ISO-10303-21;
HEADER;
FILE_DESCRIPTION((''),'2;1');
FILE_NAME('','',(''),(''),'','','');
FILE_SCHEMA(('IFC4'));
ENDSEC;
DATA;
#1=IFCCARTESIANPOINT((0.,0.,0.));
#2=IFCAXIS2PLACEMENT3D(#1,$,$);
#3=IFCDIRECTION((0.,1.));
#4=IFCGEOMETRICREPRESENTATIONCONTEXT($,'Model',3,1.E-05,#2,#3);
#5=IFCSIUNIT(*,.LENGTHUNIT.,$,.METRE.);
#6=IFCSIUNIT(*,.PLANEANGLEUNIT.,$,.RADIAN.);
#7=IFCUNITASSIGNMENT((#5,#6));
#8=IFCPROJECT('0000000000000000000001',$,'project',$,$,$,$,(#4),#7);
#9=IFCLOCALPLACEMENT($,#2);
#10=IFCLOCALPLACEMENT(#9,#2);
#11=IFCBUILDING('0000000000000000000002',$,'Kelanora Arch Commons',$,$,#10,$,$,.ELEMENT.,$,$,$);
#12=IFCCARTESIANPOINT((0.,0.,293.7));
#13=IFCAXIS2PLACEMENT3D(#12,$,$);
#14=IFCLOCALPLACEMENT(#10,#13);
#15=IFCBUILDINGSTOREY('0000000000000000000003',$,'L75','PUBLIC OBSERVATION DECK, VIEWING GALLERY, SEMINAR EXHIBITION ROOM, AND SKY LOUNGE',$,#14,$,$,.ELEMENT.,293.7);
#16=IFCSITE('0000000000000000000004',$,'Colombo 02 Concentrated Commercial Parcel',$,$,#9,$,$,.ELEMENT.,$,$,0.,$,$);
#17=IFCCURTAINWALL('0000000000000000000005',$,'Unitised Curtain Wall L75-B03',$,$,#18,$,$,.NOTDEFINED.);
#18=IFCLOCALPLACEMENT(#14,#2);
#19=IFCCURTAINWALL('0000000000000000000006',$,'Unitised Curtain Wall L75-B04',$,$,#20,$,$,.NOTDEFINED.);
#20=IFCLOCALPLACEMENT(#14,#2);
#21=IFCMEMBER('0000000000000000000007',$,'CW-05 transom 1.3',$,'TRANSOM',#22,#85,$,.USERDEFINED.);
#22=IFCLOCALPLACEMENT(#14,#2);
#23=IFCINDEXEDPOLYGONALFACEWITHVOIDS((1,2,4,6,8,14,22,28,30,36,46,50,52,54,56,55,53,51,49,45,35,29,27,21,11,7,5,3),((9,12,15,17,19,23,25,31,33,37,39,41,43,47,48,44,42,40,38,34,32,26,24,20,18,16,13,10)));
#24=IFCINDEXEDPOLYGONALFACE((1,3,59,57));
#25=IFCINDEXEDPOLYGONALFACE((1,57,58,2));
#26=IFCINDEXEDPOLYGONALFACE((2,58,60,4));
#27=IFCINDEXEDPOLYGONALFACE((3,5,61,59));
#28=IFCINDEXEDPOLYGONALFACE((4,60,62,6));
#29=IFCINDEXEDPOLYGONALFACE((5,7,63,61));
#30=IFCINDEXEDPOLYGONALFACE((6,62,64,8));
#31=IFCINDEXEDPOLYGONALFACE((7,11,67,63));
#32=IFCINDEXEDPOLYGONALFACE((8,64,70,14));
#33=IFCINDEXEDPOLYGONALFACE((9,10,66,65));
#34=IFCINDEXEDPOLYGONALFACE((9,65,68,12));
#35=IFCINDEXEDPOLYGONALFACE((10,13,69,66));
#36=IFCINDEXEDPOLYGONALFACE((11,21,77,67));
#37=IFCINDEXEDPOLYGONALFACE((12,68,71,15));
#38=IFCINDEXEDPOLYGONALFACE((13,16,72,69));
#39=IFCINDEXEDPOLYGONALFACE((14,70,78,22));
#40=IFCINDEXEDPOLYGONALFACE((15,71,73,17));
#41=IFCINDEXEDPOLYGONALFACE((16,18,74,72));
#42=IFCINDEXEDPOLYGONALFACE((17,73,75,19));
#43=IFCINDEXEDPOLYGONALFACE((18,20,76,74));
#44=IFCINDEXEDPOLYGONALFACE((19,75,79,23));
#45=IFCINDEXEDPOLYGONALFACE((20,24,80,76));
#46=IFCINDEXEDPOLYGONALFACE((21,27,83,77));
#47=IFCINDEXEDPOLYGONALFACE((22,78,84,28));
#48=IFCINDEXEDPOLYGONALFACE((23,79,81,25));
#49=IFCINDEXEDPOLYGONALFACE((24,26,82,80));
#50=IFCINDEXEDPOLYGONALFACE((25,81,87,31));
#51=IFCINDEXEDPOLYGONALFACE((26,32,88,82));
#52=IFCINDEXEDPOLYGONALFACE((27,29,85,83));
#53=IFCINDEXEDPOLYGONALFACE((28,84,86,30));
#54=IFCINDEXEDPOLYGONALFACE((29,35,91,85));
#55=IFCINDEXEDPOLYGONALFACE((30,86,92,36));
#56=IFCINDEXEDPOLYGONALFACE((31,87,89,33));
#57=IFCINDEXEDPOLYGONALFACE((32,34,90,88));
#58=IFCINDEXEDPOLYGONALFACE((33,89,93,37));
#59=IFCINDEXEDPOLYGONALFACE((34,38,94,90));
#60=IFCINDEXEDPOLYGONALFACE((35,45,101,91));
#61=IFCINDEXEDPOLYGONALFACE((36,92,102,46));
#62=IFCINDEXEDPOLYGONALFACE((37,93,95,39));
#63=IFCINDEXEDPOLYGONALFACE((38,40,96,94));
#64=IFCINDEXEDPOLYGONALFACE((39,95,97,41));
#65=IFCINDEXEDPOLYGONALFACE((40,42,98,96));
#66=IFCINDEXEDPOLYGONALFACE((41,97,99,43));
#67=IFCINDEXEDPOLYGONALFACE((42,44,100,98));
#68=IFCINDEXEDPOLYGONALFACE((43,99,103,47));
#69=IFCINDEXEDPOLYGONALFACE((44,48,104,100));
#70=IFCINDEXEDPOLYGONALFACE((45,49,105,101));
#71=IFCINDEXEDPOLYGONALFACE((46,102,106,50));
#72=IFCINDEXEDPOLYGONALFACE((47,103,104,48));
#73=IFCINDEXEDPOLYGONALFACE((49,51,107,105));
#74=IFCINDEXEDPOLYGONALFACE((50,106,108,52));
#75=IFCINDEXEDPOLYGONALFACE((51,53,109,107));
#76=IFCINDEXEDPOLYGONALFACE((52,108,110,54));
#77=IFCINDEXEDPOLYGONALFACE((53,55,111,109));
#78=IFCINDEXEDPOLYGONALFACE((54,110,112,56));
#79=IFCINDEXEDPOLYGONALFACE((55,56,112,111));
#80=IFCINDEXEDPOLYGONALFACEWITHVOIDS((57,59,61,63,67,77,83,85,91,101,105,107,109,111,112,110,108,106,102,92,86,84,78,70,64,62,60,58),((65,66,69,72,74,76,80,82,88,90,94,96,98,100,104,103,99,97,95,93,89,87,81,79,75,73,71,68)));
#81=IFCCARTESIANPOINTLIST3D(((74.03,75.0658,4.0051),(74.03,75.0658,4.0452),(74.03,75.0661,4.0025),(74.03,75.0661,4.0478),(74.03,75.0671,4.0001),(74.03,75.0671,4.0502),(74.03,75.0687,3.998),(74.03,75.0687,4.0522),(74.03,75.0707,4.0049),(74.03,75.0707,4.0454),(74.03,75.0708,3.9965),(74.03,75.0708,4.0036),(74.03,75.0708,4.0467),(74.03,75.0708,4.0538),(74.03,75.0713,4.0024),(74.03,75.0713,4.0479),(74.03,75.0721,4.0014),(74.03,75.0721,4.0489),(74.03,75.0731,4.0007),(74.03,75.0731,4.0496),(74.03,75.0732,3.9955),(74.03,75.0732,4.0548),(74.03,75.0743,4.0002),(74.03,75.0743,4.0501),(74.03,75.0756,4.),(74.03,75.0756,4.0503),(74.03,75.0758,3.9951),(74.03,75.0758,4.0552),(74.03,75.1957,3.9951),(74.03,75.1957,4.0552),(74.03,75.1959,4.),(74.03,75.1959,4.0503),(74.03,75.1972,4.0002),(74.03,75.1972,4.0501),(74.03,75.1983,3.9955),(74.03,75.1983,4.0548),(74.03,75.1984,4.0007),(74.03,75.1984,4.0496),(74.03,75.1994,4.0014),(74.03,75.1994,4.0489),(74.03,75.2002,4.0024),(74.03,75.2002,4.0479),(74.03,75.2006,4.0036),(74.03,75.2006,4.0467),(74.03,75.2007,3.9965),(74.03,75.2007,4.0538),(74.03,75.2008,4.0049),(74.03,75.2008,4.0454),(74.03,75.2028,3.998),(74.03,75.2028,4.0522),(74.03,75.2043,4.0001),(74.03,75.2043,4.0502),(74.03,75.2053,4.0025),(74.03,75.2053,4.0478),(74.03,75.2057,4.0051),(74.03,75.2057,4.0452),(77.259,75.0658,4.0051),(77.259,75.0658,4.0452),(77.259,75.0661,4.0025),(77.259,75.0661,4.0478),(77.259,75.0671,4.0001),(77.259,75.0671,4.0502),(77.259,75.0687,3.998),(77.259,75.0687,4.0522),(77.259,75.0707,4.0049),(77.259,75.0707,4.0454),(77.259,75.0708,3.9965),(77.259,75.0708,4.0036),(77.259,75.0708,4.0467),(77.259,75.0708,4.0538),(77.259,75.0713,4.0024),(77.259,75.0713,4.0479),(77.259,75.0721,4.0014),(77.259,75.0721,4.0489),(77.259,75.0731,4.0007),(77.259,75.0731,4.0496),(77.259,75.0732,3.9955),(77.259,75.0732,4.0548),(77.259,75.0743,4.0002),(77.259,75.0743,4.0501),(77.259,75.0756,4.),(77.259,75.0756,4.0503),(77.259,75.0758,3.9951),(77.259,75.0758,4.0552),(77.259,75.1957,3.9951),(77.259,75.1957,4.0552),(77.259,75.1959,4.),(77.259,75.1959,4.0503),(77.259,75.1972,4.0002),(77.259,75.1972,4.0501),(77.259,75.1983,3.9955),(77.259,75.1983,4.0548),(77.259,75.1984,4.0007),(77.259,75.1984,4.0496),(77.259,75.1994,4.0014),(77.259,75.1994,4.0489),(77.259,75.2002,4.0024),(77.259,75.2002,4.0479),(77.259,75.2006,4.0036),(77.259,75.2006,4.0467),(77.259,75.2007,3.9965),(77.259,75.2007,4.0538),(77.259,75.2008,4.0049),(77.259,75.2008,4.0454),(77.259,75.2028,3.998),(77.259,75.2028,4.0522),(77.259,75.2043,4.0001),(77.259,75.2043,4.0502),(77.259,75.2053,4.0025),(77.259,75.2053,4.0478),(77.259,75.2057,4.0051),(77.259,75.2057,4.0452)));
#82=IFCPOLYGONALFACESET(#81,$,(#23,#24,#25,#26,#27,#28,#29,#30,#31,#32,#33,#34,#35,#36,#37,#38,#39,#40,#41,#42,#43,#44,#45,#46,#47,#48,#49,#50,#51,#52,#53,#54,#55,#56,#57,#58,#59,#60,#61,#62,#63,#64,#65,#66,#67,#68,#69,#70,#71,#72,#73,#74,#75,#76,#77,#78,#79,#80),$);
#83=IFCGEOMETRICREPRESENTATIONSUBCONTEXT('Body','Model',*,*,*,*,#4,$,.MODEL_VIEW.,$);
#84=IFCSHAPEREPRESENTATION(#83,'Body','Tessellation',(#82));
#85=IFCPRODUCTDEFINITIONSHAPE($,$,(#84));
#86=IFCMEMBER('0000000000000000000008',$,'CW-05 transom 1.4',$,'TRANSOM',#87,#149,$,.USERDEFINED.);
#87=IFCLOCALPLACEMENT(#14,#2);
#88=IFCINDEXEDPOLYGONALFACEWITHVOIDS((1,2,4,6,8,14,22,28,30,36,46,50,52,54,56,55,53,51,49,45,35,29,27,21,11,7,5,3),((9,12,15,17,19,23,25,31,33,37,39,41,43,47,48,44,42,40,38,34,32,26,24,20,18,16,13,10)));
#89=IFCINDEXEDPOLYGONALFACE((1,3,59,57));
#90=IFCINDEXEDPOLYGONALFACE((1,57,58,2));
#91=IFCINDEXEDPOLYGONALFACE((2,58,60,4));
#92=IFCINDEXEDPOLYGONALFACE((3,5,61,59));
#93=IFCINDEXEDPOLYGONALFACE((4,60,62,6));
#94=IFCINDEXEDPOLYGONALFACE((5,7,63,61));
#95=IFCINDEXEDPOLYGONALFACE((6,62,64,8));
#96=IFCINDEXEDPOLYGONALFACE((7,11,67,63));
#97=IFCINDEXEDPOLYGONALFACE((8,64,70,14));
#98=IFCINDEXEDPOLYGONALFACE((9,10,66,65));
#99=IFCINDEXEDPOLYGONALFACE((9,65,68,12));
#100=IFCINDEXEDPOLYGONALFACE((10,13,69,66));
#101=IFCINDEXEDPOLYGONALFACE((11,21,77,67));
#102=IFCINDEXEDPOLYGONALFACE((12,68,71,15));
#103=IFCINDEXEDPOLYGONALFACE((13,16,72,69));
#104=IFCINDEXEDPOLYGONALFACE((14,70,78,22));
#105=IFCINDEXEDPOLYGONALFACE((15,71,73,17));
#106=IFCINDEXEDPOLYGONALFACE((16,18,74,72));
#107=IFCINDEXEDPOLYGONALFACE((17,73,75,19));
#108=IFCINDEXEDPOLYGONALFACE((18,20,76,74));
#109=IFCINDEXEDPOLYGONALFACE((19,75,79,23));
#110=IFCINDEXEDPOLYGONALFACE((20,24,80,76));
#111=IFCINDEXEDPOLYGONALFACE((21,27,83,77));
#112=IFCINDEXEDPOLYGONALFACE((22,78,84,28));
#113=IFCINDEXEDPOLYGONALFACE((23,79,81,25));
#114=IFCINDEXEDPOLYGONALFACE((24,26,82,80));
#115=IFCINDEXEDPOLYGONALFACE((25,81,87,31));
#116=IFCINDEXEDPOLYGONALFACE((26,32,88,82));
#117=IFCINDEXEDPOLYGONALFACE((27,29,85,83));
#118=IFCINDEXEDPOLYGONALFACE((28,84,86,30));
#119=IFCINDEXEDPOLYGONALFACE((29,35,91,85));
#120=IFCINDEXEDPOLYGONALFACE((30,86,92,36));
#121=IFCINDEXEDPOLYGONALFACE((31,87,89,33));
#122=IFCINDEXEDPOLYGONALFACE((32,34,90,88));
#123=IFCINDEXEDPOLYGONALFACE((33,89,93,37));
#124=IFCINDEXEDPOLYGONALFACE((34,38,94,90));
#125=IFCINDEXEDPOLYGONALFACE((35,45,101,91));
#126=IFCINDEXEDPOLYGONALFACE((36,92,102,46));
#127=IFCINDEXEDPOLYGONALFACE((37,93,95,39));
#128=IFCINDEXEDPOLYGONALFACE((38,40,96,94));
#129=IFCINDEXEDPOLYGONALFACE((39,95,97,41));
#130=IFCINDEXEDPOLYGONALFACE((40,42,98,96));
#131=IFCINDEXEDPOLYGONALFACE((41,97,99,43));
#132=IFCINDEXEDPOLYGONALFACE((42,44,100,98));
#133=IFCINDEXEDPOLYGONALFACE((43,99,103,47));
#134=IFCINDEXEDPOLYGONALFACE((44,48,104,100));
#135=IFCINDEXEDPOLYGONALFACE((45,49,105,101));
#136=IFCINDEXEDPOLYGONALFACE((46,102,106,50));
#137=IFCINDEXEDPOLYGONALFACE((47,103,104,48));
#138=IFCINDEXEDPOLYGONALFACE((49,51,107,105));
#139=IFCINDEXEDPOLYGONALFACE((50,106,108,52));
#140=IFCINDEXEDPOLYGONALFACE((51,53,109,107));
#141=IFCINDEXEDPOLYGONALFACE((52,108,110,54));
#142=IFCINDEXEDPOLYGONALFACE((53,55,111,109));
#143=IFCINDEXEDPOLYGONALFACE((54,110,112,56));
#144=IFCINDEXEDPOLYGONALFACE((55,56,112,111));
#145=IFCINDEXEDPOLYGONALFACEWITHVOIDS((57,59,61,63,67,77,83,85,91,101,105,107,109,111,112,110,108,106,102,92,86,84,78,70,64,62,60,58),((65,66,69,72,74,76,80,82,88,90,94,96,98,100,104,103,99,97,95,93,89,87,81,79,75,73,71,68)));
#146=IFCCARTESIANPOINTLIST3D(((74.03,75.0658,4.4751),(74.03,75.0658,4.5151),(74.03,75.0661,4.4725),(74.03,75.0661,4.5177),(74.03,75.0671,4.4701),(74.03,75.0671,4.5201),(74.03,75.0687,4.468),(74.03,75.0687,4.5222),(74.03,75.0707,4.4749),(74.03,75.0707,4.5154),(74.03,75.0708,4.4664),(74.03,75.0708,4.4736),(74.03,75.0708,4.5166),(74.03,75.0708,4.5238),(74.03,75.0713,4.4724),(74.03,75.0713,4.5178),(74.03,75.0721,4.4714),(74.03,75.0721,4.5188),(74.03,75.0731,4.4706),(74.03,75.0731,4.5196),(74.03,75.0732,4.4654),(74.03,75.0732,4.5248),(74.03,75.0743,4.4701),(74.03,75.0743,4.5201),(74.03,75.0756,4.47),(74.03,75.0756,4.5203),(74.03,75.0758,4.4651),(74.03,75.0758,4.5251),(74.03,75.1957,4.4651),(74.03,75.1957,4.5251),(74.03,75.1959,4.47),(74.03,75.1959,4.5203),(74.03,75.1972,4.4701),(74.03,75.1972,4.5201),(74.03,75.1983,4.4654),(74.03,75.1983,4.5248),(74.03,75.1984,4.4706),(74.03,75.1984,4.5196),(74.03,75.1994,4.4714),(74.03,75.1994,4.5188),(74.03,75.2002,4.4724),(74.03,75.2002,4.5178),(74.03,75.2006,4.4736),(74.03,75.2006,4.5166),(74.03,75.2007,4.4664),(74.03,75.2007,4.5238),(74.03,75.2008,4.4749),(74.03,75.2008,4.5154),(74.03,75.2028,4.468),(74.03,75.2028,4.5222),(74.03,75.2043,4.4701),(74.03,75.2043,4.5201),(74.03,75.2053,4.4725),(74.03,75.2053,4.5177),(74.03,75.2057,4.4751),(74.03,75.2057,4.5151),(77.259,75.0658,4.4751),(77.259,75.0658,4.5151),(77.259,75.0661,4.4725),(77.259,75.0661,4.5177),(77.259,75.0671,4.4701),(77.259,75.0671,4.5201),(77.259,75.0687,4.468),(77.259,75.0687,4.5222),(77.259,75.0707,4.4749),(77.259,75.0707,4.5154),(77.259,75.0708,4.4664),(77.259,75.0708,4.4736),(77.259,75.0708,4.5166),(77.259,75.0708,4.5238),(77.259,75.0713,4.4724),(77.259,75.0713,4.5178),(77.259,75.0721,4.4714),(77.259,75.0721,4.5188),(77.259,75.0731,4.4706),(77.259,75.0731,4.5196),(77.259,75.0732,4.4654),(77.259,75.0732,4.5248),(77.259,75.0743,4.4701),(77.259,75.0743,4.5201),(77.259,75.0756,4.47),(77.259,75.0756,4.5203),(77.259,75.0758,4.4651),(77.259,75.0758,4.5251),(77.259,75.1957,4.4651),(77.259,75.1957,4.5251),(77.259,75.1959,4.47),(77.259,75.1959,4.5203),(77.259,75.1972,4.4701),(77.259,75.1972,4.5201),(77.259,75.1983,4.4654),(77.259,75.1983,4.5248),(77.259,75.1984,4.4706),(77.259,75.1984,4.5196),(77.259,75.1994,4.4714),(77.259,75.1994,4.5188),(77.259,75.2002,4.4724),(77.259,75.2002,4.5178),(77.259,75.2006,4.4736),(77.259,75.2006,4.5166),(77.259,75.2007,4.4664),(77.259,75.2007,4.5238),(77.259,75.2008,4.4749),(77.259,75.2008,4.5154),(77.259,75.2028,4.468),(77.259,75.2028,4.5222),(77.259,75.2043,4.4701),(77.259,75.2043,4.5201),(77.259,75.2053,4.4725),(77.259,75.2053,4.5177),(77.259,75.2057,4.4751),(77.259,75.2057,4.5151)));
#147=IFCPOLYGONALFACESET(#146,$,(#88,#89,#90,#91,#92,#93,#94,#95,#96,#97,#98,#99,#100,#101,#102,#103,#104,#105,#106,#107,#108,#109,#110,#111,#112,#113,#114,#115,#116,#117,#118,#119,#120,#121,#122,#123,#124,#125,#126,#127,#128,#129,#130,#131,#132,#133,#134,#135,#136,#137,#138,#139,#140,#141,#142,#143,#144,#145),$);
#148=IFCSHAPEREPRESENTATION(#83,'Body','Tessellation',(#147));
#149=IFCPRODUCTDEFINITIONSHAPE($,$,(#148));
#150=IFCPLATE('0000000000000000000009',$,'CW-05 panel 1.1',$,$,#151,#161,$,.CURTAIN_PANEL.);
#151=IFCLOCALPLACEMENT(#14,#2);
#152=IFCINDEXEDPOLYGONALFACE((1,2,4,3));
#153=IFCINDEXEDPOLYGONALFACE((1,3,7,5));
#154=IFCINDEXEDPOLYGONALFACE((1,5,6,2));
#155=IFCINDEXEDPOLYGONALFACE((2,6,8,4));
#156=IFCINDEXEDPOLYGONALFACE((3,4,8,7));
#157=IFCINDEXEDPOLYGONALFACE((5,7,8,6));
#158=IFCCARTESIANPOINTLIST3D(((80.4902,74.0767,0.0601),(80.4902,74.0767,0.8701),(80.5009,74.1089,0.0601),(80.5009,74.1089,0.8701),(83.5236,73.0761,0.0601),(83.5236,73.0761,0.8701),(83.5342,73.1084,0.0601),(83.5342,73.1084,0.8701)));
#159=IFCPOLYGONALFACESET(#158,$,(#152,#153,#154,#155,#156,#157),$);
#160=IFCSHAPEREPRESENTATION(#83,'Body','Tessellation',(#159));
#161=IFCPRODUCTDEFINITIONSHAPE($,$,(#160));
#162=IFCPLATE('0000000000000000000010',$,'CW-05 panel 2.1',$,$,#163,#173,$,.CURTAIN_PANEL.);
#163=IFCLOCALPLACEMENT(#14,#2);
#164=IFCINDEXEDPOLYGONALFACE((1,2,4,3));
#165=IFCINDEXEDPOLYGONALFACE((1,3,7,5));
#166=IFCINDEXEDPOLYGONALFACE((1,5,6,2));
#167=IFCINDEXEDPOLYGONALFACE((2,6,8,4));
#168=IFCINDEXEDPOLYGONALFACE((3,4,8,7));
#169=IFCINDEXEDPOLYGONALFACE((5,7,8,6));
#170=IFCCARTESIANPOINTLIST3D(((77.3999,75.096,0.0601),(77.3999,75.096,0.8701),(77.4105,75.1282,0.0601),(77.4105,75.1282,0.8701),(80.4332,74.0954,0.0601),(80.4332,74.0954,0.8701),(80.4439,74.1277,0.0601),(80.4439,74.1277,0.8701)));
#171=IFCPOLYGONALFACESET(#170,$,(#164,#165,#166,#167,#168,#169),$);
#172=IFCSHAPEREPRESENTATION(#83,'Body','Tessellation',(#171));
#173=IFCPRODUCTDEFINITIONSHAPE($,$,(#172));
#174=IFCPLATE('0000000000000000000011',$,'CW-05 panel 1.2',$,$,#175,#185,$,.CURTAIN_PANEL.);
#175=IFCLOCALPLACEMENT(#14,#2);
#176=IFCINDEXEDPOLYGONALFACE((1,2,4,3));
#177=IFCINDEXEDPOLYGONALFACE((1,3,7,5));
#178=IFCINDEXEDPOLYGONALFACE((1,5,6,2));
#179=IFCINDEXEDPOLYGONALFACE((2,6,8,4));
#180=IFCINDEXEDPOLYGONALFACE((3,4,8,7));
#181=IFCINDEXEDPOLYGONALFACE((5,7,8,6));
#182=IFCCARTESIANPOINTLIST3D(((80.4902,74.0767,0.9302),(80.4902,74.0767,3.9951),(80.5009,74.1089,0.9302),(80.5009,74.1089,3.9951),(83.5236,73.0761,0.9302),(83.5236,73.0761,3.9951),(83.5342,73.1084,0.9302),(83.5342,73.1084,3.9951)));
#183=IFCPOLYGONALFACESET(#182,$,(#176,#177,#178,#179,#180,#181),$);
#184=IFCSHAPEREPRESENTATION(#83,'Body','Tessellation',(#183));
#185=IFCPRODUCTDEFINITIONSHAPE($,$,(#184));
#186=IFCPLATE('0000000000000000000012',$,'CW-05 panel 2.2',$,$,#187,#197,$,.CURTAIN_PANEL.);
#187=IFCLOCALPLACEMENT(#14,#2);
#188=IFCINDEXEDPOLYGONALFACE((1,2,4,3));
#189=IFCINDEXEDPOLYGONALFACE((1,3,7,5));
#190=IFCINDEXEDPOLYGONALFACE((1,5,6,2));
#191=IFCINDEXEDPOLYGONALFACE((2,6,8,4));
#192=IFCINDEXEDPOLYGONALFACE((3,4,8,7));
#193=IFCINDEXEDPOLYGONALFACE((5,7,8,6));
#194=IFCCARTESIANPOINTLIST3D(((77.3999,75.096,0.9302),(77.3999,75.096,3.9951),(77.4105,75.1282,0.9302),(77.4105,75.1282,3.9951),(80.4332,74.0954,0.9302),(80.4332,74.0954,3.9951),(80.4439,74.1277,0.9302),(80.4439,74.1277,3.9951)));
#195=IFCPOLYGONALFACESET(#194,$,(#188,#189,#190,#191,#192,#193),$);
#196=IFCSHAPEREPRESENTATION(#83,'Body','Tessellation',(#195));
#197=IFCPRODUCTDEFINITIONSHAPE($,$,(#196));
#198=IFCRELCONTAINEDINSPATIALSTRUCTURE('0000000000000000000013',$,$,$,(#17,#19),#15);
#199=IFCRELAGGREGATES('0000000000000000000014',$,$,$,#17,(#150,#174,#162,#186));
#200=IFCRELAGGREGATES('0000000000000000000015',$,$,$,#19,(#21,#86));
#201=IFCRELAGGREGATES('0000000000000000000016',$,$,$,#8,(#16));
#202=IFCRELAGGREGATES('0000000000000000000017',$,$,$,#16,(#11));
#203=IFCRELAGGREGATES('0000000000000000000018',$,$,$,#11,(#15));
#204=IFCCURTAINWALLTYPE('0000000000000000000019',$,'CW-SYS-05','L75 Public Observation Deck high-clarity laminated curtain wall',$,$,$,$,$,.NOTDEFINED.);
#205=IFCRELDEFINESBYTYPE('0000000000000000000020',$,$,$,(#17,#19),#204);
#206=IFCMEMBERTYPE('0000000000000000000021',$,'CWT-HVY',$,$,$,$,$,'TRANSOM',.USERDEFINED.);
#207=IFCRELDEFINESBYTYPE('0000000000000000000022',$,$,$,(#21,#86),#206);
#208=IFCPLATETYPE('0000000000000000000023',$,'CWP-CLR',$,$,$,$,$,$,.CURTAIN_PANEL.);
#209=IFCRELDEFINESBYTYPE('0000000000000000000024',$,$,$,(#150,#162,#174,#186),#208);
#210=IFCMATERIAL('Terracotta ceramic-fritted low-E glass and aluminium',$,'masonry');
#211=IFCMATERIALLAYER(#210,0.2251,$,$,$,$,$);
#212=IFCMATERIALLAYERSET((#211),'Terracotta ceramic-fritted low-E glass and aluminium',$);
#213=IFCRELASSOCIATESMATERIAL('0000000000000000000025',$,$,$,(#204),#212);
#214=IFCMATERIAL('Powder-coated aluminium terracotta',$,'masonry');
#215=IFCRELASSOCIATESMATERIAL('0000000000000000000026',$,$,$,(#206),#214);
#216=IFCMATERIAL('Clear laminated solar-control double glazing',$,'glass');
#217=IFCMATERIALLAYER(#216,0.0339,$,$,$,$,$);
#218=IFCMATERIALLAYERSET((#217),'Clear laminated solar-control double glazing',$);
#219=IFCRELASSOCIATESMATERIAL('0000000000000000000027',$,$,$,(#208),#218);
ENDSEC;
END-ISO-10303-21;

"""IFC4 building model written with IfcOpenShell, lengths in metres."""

from ifc_helpers import new_model, si_unit, direction, frame, origin, origin_2d, place, context, subcontext, project, spatial, rectangle, hollow_rectangle, extrude, source, transform, mapped, material, layer, layer_set, material_profile, profile_set, type_object, element, aggregate, save


model = new_model("IFC4")

# Units and contexts
model_context = context("Model", 3, precision=1e-05, world=origin(), true_north=direction((0.0, 1.0)))
body_context = subcontext(model_context, "Body", "Model", "MODEL_VIEW")
ifc_project = project(units=[si_unit("LENGTHUNIT", "METRE"), si_unit("PLANEANGLEUNIT", "RADIAN")], contexts=[model_context])

# Site, building, storey
site_placement = place(None, origin())
site = spatial("IfcSite", under=ifc_project, at=site_placement, Name="Colombo 02 Concentrated Commercial Parcel", CompositionType="ELEMENT", RefElevation=0.0)
building_placement = place(site_placement, origin())
building = spatial("IfcBuilding", under=site, at=building_placement, Name="Kelanora Arch Commons", CompositionType="ELEMENT")
storey_placement = place(building_placement, frame((0.0, 0.0, 293.7)))
storey = spatial("IfcBuildingStorey", under=building, at=storey_placement, Name="L75", Description="PUBLIC OBSERVATION DECK, VIEWING GALLERY, SEMINAR EXHIBITION ROOM, AND SKY LOUNGE", CompositionType="ELEMENT", Elevation=293.7)

# Curtain walls
ifc_material_1 = material(Name="Terracotta ceramic-fritted low-E glass and aluminium", Category="masonry")
ifc_layer_1 = layer(ifc_material_1, 0.2251)
ifc_layer_set_1 = layer_set([ifc_layer_1], Name="Terracotta ceramic-fritted low-E glass and aluminium")
curtain_wall_type = type_object("IfcCurtainWallType", Name="CW-SYS-05", Description="L75 Public Observation Deck high-clarity laminated curtain wall", PredefinedType="NOTDEFINED", material=ifc_layer_set_1)
curtain_wall_1_placement = place(storey_placement, origin())
curtain_wall_1 = element("IfcCurtainWall", 1, at=curtain_wall_1_placement, inside=storey, type_object=curtain_wall_type, Name="Unitised Curtain Wall L75-B03", PredefinedType="NOTDEFINED")
ifc_material_2 = material(Name="Powder-coated aluminium terracotta", Category="masonry")
curtain_wall_2_placement = place(storey_placement, origin())
curtain_wall_2 = element("IfcCurtainWall", 2, at=curtain_wall_2_placement, inside=storey, type_object=curtain_wall_type, Name="Unitised Curtain Wall L75-B04", PredefinedType="NOTDEFINED")

# Members
ifc_material_profile_1 = material_profile(ifc_material_2, hollow_rectangle(XDim=0.1399, YDim=0.0601, WallThickness=0.0049, InnerFilletRadius=0.0049, OuterFilletRadius=0.01, at=origin_2d()), Name="CWT140x60")
ifc_profile_set_1 = profile_set([ifc_material_profile_1], Name="Powder-coated aluminium terracotta")
member_type_1 = type_object("IfcMemberType", Name="CWT-HVY", ElementType="TRANSOM", PredefinedType="USERDEFINED", material=ifc_profile_set_1)
member_1_placement = place(storey_placement, frame((77.259, 75.1357, 4.0251), z_axis=(-1.0, 0.0, 0.0), x_axis=(0.0, -1.0, 0.0)))
member_1 = element("IfcMember", 3, at=member_1_placement, type_object=member_type_1, Name="CW-05 transom 1.3", ObjectType="TRANSOM", PredefinedType="USERDEFINED", context=body_context, shape_type="SweptSolid", body=[
    extrude(hollow_rectangle(XDim=0.1399, YDim=0.0601, WallThickness=0.0049, InnerFilletRadius=0.0049, OuterFilletRadius=0.01, at=origin_2d()), origin(), (0.0, 0.0, 1.0), 3.229),
])
member_2_placement = place(storey_placement, frame((77.259, 75.1357, 4.4951), z_axis=(-1.0, 0.0, 0.0), x_axis=(0.0, -1.0, 0.0)))
member_2 = element("IfcMember", 4, at=member_2_placement, type_object=member_type_1, Name="CW-05 transom 1.4", ObjectType="TRANSOM", PredefinedType="USERDEFINED", context=body_context, shape_type="SweptSolid", body=[
    extrude(hollow_rectangle(XDim=0.1399, YDim=0.0601, WallThickness=0.0049, InnerFilletRadius=0.0049, OuterFilletRadius=0.01, at=origin_2d()), origin(), (0.0, 0.0, 1.0), 3.229),
])

# Plates
ifc_material_3 = material(Name="Clear laminated solar-control double glazing", Category="glass")
ifc_layer_2 = layer(ifc_material_3, 0.0339)
ifc_layer_set_2 = layer_set([ifc_layer_2], Name="Clear laminated solar-control double glazing")
plate_type = type_object("IfcPlateType", Name="CWP-CLR", PredefinedType="CURTAIN_PANEL", material=ifc_layer_set_2)
shared_shape_1 = source(origin(), body_context, "Body", "SweptSolid", [
    extrude(rectangle(XDim=3.1941, YDim=0.0339, at=origin_2d()), origin(), (0.0, 0.0, 1.0), 0.8101),
])
plate_1_placement = place(storey_placement, frame((82.0122, 73.5925, 0.0601), z_axis=(0.0, 0.0, 1.0), x_axis=(-0.94967, 0.313253, 0.0)))
plate_1 = element("IfcPlate", 5, at=plate_1_placement, type_object=plate_type, Name="CW-05 panel 1.1", PredefinedType="CURTAIN_PANEL", context=body_context, shape_type="MappedRepresentation", body=[
    mapped(shared_shape_1, transform((0.0, 0.0, 0.0), scale=1.0)),
])
plate_2_placement = place(storey_placement, frame((78.9219, 74.6118, 0.0601), z_axis=(0.0, 0.0, 1.0), x_axis=(-0.94967, 0.313253, 0.0)))
plate_2 = element("IfcPlate", 6, at=plate_2_placement, type_object=plate_type, Name="CW-05 panel 2.1", PredefinedType="CURTAIN_PANEL", context=body_context, shape_type="MappedRepresentation", body=[
    mapped(shared_shape_1, transform((0.0, 0.0, 0.0), scale=1.0)),
])
shared_shape_2 = source(origin(), body_context, "Body", "SweptSolid", [
    extrude(rectangle(XDim=3.1941, YDim=0.0339, at=origin_2d()), origin(), (0.0, 0.0, 1.0), 3.0649),
])
plate_3_placement = place(storey_placement, frame((82.0122, 73.5925, 0.9302), z_axis=(0.0, 0.0, 1.0), x_axis=(-0.94967, 0.313253, 0.0)))
plate_3 = element("IfcPlate", 7, at=plate_3_placement, type_object=plate_type, Name="CW-05 panel 1.2", PredefinedType="CURTAIN_PANEL", context=body_context, shape_type="MappedRepresentation", body=[
    mapped(shared_shape_2, transform((0.0, 0.0, 0.0), scale=1.0)),
])
plate_4_placement = place(storey_placement, frame((78.9219, 74.6118, 0.9302), z_axis=(0.0, 0.0, 1.0), x_axis=(-0.94967, 0.313253, 0.0)))
plate_4 = element("IfcPlate", 8, at=plate_4_placement, type_object=plate_type, Name="CW-05 panel 2.2", PredefinedType="CURTAIN_PANEL", context=body_context, shape_type="MappedRepresentation", body=[
    mapped(shared_shape_2, transform((0.0, 0.0, 0.0), scale=1.0)),
])
aggregate(curtain_wall_1, [plate_1, plate_3, plate_2, plate_4])
aggregate(curtain_wall_2, [member_1, member_2])

save(model, "model.ifc")
